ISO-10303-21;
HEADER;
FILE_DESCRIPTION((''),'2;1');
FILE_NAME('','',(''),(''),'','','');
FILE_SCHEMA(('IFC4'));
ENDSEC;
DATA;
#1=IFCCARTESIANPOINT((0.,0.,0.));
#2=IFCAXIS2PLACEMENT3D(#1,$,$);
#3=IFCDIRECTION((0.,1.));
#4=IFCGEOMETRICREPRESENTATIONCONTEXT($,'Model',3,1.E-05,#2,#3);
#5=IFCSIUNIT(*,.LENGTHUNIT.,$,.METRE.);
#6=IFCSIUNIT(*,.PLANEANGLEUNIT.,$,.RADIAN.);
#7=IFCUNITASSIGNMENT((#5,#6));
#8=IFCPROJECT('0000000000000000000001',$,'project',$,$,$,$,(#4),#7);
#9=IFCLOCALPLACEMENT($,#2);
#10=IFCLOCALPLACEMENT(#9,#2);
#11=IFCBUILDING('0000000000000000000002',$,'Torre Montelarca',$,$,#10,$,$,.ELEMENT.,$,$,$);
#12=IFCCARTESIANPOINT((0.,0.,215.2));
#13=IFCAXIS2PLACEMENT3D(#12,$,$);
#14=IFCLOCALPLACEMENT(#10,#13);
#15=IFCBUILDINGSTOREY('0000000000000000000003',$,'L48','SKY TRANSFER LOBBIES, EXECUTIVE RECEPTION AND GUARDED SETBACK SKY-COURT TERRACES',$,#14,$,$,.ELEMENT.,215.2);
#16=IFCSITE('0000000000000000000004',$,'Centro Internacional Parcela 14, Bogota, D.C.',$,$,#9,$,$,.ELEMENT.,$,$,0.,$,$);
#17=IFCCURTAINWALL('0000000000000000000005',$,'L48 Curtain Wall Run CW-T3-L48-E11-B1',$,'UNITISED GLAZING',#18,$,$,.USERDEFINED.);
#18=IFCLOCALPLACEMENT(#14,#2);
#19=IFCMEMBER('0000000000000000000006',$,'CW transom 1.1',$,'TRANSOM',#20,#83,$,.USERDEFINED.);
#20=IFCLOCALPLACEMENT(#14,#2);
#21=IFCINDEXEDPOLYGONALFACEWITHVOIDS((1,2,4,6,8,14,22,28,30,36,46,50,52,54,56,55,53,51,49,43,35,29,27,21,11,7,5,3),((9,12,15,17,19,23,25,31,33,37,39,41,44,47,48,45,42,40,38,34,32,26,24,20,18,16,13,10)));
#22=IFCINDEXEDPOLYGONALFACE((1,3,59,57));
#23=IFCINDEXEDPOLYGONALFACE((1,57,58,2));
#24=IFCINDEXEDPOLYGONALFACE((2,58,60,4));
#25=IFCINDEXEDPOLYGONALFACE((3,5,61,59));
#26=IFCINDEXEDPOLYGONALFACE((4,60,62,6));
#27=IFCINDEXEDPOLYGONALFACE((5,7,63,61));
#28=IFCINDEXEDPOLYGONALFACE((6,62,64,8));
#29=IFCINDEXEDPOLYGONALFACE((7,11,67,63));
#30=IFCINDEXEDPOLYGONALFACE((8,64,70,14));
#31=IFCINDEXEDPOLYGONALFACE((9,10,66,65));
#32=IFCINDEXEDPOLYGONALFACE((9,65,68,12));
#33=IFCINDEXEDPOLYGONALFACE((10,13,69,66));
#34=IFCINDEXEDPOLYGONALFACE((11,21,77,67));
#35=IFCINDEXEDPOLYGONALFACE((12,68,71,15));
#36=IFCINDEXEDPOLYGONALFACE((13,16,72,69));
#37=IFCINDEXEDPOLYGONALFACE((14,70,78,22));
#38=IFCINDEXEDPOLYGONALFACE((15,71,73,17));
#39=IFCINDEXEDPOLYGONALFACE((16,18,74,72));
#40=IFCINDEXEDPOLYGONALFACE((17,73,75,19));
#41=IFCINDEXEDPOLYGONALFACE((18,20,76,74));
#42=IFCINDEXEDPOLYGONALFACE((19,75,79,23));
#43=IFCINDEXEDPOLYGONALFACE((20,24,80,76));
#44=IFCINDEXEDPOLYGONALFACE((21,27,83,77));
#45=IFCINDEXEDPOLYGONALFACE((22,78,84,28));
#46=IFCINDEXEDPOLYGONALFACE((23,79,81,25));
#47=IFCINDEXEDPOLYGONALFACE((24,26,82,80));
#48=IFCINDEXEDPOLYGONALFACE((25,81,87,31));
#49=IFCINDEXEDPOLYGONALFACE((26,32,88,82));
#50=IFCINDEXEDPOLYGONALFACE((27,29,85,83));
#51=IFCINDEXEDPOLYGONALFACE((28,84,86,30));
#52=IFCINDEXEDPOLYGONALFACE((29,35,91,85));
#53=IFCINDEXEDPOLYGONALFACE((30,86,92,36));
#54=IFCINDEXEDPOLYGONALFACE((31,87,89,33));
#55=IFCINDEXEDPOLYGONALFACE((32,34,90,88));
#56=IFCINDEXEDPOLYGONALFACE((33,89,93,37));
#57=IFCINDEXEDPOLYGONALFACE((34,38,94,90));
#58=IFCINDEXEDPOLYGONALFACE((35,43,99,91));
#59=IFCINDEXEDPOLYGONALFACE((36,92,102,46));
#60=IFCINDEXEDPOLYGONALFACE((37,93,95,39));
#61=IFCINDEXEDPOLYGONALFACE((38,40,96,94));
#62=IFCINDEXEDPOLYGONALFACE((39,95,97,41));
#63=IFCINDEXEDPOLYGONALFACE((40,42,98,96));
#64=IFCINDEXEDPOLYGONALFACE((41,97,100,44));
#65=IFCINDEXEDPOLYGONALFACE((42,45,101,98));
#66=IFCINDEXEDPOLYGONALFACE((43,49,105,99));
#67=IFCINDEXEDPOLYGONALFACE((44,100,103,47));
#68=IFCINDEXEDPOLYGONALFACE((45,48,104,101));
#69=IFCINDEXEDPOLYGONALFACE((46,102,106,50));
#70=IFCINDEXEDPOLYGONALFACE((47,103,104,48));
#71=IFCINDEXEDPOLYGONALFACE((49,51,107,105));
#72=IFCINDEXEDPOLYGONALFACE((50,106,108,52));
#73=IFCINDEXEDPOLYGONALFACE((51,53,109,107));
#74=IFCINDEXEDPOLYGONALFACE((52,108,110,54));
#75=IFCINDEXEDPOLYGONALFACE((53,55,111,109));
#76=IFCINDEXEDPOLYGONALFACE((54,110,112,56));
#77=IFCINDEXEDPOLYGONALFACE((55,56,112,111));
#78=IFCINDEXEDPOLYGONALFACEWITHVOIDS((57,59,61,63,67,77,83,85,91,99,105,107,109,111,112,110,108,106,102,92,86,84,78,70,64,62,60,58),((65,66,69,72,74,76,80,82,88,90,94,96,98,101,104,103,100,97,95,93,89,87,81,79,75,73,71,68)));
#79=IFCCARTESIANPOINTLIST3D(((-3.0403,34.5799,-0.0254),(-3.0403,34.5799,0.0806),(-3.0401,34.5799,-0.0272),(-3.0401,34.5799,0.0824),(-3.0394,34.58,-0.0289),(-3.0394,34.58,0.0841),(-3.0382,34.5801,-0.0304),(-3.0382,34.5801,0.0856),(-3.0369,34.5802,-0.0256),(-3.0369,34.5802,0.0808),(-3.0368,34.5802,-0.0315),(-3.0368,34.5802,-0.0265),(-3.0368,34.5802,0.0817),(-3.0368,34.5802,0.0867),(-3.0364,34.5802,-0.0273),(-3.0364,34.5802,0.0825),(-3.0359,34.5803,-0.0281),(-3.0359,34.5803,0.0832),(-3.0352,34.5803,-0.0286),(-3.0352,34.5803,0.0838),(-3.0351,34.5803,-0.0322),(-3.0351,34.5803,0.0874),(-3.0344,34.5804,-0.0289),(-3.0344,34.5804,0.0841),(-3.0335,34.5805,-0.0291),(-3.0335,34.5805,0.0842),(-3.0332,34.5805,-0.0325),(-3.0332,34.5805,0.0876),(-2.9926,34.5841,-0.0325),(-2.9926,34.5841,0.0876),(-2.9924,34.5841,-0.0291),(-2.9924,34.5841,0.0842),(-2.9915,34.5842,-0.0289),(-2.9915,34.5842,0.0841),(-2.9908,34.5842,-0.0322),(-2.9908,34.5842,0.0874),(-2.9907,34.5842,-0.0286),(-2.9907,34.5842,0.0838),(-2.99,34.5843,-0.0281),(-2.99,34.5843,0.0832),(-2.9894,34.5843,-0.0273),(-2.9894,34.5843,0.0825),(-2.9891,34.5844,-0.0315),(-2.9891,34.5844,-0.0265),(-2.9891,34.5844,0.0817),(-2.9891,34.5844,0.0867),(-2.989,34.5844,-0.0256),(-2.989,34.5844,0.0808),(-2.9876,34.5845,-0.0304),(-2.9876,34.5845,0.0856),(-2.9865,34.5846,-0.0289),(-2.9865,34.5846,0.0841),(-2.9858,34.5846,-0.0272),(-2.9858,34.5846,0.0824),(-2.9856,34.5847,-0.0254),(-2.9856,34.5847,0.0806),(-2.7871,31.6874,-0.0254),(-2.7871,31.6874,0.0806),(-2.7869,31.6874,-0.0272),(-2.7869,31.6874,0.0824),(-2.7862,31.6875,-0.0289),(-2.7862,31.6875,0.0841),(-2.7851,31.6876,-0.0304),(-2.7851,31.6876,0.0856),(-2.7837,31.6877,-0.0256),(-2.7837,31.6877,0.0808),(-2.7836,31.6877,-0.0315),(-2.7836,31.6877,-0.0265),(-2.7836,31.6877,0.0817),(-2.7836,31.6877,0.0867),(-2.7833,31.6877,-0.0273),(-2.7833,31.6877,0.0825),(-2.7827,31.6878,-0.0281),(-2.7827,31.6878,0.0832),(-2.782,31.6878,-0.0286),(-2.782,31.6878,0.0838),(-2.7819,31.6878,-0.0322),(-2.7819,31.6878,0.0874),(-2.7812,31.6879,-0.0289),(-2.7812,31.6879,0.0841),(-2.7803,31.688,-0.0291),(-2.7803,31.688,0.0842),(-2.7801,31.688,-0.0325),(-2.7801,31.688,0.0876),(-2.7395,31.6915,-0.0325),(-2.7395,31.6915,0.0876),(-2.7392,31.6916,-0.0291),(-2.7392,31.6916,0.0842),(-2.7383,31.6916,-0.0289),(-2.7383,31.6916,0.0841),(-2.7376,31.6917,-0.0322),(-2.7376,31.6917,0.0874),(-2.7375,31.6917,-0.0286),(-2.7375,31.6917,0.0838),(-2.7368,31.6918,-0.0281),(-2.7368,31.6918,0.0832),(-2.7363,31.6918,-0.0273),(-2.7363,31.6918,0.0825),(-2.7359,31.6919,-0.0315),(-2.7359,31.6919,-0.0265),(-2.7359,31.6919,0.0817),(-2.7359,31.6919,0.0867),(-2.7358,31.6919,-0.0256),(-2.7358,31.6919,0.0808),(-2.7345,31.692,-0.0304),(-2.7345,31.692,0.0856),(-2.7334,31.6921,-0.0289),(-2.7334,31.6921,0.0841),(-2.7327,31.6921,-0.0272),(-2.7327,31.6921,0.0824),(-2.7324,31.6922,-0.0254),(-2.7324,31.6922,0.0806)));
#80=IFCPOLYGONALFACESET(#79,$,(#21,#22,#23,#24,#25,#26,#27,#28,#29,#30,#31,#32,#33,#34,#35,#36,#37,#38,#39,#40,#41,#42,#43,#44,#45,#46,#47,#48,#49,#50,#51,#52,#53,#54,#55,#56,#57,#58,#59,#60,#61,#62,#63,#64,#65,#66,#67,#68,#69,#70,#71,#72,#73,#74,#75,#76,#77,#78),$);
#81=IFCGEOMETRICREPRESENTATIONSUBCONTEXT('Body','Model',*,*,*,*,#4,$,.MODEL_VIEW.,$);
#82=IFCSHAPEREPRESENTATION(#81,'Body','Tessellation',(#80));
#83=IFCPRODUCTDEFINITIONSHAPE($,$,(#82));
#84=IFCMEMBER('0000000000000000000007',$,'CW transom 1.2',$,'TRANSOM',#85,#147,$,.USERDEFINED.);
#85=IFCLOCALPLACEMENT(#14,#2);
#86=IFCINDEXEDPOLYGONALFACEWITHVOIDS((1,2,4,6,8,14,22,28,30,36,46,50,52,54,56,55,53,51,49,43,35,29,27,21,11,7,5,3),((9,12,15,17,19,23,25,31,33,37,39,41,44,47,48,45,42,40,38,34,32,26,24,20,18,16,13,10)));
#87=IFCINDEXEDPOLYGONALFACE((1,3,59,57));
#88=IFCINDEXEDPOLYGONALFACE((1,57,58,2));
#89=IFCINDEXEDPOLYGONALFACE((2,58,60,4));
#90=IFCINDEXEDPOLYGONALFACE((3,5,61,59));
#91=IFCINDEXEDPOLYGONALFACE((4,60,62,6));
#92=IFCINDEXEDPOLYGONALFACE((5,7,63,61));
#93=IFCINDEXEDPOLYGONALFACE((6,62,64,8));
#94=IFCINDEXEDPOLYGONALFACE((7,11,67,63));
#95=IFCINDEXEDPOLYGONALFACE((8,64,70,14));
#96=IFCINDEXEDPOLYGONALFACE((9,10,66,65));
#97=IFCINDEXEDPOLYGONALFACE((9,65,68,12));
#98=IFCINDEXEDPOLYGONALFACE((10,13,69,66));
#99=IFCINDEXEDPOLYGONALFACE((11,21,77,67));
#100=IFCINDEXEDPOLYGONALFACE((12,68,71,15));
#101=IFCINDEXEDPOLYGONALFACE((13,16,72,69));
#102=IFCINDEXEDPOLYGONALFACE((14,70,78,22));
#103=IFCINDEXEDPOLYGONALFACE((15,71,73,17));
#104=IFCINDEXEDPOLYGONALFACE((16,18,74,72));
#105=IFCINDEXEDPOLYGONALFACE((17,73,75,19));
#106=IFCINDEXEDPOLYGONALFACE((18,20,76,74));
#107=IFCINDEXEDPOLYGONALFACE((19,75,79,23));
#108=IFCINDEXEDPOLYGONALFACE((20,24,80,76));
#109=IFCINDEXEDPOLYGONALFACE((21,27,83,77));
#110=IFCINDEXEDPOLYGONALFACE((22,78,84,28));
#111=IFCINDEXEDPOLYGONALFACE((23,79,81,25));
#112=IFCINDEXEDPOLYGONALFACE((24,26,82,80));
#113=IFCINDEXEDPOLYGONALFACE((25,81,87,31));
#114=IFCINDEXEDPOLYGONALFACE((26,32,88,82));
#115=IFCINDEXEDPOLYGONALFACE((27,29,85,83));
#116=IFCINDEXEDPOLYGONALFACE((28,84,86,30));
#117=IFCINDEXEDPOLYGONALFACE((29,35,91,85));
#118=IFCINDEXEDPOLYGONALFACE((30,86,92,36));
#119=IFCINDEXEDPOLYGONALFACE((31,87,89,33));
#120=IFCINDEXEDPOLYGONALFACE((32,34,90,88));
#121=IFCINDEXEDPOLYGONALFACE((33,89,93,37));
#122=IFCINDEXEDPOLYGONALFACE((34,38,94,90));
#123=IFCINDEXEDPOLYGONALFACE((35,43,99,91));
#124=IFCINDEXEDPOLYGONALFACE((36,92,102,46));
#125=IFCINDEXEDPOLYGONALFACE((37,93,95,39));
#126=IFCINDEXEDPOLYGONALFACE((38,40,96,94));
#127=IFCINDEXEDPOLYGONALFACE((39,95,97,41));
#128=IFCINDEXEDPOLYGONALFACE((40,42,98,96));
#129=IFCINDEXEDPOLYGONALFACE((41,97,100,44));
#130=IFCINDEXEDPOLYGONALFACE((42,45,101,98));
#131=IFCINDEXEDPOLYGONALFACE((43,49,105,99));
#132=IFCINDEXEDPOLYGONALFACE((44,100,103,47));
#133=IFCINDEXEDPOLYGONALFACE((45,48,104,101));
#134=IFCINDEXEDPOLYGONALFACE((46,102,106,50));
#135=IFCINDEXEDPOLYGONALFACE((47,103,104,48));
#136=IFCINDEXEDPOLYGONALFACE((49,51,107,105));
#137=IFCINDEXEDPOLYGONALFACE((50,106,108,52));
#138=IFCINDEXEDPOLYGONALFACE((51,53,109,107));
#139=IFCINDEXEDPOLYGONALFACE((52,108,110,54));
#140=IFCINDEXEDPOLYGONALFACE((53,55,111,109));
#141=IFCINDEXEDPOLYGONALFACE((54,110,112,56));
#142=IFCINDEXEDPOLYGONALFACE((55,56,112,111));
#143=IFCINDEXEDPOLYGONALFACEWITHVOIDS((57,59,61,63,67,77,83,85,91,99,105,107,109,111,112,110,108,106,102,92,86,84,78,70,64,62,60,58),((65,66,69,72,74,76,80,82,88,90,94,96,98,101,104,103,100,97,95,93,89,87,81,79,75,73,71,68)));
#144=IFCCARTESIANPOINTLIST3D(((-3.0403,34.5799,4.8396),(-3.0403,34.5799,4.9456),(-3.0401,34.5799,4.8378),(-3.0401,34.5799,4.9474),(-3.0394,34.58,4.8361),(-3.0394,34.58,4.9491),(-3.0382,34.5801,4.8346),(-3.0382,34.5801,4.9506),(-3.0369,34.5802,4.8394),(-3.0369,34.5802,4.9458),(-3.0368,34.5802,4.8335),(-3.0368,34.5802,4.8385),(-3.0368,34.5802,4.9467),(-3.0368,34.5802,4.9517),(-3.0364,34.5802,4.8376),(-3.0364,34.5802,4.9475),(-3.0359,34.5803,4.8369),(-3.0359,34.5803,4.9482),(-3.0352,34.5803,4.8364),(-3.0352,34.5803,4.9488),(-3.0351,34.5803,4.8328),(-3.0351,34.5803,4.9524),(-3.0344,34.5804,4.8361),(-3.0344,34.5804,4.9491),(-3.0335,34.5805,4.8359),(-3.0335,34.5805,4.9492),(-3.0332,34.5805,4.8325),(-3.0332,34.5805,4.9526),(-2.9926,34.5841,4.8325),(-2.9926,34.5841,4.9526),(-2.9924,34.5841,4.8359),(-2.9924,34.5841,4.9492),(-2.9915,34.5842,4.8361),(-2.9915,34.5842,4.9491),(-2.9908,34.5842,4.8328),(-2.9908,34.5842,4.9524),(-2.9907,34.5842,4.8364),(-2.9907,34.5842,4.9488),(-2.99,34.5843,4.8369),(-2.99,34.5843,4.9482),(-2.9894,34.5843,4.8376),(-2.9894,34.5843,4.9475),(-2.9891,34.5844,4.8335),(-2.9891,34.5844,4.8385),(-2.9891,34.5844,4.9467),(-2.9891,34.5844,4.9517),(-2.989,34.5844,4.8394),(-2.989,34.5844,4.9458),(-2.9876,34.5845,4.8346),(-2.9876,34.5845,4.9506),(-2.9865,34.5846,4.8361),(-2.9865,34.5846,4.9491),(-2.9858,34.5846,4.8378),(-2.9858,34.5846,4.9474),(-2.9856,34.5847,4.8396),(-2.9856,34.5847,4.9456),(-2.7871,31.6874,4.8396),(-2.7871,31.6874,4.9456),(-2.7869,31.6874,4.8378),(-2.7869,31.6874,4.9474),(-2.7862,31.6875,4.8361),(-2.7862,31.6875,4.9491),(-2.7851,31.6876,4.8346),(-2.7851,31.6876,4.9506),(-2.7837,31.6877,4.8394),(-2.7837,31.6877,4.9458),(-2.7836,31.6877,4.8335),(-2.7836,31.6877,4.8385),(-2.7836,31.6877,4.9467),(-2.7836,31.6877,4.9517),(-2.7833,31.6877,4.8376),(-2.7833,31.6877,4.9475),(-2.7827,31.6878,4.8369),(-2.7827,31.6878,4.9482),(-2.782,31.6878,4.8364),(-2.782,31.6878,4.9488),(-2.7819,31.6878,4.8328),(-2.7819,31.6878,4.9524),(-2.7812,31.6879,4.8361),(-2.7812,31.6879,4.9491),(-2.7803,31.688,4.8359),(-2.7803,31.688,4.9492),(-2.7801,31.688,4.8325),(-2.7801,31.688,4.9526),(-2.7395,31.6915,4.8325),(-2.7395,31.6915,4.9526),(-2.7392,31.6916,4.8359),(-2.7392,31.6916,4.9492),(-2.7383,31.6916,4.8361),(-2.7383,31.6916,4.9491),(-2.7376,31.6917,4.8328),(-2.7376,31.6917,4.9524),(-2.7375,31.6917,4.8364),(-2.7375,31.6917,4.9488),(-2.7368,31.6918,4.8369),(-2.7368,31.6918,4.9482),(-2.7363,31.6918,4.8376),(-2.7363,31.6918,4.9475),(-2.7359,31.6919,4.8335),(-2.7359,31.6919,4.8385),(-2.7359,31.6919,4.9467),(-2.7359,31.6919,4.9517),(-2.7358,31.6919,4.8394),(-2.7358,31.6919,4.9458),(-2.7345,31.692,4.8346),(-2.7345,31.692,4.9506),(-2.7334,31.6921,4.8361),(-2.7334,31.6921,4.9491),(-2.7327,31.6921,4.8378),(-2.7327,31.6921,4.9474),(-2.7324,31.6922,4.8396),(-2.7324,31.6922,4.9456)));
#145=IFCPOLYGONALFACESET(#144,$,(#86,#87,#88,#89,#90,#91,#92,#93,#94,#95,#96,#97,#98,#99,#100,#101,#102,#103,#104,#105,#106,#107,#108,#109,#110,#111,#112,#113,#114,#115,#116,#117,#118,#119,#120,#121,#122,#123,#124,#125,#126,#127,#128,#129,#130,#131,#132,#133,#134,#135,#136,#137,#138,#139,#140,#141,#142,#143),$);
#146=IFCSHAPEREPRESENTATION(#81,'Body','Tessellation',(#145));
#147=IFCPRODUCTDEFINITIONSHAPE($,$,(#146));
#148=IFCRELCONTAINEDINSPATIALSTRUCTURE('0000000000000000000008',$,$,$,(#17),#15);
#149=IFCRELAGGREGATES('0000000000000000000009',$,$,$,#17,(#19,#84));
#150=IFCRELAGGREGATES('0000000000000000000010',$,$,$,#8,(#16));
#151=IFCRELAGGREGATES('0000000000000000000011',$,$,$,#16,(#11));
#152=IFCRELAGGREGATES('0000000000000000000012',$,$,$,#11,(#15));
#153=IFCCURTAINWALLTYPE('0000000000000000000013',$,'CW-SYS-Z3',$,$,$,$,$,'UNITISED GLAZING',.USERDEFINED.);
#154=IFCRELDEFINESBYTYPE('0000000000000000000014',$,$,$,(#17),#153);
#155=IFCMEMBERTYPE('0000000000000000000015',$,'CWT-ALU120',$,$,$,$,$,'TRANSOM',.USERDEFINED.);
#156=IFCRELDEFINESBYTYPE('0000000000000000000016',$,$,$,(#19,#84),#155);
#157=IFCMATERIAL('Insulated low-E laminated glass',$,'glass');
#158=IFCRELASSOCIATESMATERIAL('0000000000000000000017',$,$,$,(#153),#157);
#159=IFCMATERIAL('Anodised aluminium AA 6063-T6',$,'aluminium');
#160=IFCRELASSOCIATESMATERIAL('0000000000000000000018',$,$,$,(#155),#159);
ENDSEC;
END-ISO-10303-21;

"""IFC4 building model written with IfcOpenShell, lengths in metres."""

from ifc_helpers import new_model, si_unit, direction, frame, origin, origin_2d, place, context, subcontext, project, spatial, hollow_rectangle, extrude, source, transform, mapped, material, material_profile, profile_set, type_object, element, aggregate, save


model = new_model("IFC4")

# Units and contexts
model_context = context("Model", 3, precision=1e-05, world=origin(), true_north=direction((0.0, 1.0)))
body_context = subcontext(model_context, "Body", "Model", "MODEL_VIEW")
ifc_project = project(units=[si_unit("LENGTHUNIT", "METRE"), si_unit("PLANEANGLEUNIT", "RADIAN")], contexts=[model_context])

# Site, building, storey
site_placement = place(None, origin())
site = spatial("IfcSite", under=ifc_project, at=site_placement, Name="Centro Internacional Parcela 14, Bogota, D.C.", CompositionType="ELEMENT", RefElevation=0.0)
building_placement = place(site_placement, origin())
building = spatial("IfcBuilding", under=site, at=building_placement, Name="Torre Montelarca", CompositionType="ELEMENT")
storey_placement = place(building_placement, frame((0.0, 0.0, 215.2)))
storey = spatial("IfcBuildingStorey", under=building, at=storey_placement, Name="L48", Description="SKY TRANSFER LOBBIES, EXECUTIVE RECEPTION AND GUARDED SETBACK SKY-COURT TERRACES", CompositionType="ELEMENT", Elevation=215.2)

# Shared definitions
ifc_material_1 = material(Name="Insulated low-E laminated glass", Category="glass")
curtain_wall_type = type_object("IfcCurtainWallType", Name="CW-SYS-Z3", ElementType="UNITISED GLAZING", PredefinedType="USERDEFINED", material=ifc_material_1)
ifc_material_2 = material(Name="Anodised aluminium AA 6063-T6", Category="aluminium")

# Curtain wall, members
curtain_wall_1_placement = place(storey_placement, origin())
curtain_wall_1 = element("IfcCurtainWall", 1, at=curtain_wall_1_placement, inside=storey, type_object=curtain_wall_type, Name="L48 Curtain Wall Run CW-T3-L48-E11-B1", ObjectType="UNITISED GLAZING", PredefinedType="USERDEFINED")
ifc_material_profile_1 = material_profile(ifc_material_2, hollow_rectangle(XDim=0.0549, YDim=0.1201, WallThickness=0.0034, InnerFilletRadius=0.0034, OuterFilletRadius=0.0071, at=origin_2d()), Name="ALU55X120X3.5", Category="aluminium")
ifc_profile_set_1 = profile_set([ifc_material_profile_1], Name="Anodised aluminium AA 6063-T6")
member_type_1 = type_object("IfcMemberType", Name="CWT-ALU120", ElementType="TRANSOM", PredefinedType="USERDEFINED", material=ifc_profile_set_1)
shared_shape_1 = source(origin(), body_context, "Body", "SweptSolid", [
    extrude(hollow_rectangle(XDim=0.0549, YDim=0.1201, WallThickness=0.0034, InnerFilletRadius=0.0034, OuterFilletRadius=0.0071, at=origin_2d()), origin(), (0.0, 0.0, 1.0), 2.9036),
])
member_1_placement = place(storey_placement, frame((-3.0129, 34.5823, 0.0276), z_axis=(0.087192, -0.996192, 0.0), x_axis=(0.996192, 0.087192, 0.0)))
member_1 = element("IfcMember", 2, at=member_1_placement, type_object=member_type_1, Name="CW transom 1.1", ObjectType="TRANSOM", PredefinedType="USERDEFINED", context=body_context, shape_type="MappedRepresentation", body=[
    mapped(shared_shape_1, transform((0.0, 0.0, 0.0), scale=1.0)),
])
member_2_placement = place(storey_placement, frame((-3.0129, 34.5823, 4.8926), z_axis=(0.087192, -0.996192, 0.0), x_axis=(0.996192, 0.087192, 0.0)))
member_2 = element("IfcMember", 3, at=member_2_placement, type_object=member_type_1, Name="CW transom 1.2", ObjectType="TRANSOM", PredefinedType="USERDEFINED", context=body_context, shape_type="MappedRepresentation", body=[
    mapped(shared_shape_1, transform((0.0, 0.0, 0.0), scale=1.0)),
])
aggregate(curtain_wall_1, [member_1, member_2])

save(model, "model.ifc")
